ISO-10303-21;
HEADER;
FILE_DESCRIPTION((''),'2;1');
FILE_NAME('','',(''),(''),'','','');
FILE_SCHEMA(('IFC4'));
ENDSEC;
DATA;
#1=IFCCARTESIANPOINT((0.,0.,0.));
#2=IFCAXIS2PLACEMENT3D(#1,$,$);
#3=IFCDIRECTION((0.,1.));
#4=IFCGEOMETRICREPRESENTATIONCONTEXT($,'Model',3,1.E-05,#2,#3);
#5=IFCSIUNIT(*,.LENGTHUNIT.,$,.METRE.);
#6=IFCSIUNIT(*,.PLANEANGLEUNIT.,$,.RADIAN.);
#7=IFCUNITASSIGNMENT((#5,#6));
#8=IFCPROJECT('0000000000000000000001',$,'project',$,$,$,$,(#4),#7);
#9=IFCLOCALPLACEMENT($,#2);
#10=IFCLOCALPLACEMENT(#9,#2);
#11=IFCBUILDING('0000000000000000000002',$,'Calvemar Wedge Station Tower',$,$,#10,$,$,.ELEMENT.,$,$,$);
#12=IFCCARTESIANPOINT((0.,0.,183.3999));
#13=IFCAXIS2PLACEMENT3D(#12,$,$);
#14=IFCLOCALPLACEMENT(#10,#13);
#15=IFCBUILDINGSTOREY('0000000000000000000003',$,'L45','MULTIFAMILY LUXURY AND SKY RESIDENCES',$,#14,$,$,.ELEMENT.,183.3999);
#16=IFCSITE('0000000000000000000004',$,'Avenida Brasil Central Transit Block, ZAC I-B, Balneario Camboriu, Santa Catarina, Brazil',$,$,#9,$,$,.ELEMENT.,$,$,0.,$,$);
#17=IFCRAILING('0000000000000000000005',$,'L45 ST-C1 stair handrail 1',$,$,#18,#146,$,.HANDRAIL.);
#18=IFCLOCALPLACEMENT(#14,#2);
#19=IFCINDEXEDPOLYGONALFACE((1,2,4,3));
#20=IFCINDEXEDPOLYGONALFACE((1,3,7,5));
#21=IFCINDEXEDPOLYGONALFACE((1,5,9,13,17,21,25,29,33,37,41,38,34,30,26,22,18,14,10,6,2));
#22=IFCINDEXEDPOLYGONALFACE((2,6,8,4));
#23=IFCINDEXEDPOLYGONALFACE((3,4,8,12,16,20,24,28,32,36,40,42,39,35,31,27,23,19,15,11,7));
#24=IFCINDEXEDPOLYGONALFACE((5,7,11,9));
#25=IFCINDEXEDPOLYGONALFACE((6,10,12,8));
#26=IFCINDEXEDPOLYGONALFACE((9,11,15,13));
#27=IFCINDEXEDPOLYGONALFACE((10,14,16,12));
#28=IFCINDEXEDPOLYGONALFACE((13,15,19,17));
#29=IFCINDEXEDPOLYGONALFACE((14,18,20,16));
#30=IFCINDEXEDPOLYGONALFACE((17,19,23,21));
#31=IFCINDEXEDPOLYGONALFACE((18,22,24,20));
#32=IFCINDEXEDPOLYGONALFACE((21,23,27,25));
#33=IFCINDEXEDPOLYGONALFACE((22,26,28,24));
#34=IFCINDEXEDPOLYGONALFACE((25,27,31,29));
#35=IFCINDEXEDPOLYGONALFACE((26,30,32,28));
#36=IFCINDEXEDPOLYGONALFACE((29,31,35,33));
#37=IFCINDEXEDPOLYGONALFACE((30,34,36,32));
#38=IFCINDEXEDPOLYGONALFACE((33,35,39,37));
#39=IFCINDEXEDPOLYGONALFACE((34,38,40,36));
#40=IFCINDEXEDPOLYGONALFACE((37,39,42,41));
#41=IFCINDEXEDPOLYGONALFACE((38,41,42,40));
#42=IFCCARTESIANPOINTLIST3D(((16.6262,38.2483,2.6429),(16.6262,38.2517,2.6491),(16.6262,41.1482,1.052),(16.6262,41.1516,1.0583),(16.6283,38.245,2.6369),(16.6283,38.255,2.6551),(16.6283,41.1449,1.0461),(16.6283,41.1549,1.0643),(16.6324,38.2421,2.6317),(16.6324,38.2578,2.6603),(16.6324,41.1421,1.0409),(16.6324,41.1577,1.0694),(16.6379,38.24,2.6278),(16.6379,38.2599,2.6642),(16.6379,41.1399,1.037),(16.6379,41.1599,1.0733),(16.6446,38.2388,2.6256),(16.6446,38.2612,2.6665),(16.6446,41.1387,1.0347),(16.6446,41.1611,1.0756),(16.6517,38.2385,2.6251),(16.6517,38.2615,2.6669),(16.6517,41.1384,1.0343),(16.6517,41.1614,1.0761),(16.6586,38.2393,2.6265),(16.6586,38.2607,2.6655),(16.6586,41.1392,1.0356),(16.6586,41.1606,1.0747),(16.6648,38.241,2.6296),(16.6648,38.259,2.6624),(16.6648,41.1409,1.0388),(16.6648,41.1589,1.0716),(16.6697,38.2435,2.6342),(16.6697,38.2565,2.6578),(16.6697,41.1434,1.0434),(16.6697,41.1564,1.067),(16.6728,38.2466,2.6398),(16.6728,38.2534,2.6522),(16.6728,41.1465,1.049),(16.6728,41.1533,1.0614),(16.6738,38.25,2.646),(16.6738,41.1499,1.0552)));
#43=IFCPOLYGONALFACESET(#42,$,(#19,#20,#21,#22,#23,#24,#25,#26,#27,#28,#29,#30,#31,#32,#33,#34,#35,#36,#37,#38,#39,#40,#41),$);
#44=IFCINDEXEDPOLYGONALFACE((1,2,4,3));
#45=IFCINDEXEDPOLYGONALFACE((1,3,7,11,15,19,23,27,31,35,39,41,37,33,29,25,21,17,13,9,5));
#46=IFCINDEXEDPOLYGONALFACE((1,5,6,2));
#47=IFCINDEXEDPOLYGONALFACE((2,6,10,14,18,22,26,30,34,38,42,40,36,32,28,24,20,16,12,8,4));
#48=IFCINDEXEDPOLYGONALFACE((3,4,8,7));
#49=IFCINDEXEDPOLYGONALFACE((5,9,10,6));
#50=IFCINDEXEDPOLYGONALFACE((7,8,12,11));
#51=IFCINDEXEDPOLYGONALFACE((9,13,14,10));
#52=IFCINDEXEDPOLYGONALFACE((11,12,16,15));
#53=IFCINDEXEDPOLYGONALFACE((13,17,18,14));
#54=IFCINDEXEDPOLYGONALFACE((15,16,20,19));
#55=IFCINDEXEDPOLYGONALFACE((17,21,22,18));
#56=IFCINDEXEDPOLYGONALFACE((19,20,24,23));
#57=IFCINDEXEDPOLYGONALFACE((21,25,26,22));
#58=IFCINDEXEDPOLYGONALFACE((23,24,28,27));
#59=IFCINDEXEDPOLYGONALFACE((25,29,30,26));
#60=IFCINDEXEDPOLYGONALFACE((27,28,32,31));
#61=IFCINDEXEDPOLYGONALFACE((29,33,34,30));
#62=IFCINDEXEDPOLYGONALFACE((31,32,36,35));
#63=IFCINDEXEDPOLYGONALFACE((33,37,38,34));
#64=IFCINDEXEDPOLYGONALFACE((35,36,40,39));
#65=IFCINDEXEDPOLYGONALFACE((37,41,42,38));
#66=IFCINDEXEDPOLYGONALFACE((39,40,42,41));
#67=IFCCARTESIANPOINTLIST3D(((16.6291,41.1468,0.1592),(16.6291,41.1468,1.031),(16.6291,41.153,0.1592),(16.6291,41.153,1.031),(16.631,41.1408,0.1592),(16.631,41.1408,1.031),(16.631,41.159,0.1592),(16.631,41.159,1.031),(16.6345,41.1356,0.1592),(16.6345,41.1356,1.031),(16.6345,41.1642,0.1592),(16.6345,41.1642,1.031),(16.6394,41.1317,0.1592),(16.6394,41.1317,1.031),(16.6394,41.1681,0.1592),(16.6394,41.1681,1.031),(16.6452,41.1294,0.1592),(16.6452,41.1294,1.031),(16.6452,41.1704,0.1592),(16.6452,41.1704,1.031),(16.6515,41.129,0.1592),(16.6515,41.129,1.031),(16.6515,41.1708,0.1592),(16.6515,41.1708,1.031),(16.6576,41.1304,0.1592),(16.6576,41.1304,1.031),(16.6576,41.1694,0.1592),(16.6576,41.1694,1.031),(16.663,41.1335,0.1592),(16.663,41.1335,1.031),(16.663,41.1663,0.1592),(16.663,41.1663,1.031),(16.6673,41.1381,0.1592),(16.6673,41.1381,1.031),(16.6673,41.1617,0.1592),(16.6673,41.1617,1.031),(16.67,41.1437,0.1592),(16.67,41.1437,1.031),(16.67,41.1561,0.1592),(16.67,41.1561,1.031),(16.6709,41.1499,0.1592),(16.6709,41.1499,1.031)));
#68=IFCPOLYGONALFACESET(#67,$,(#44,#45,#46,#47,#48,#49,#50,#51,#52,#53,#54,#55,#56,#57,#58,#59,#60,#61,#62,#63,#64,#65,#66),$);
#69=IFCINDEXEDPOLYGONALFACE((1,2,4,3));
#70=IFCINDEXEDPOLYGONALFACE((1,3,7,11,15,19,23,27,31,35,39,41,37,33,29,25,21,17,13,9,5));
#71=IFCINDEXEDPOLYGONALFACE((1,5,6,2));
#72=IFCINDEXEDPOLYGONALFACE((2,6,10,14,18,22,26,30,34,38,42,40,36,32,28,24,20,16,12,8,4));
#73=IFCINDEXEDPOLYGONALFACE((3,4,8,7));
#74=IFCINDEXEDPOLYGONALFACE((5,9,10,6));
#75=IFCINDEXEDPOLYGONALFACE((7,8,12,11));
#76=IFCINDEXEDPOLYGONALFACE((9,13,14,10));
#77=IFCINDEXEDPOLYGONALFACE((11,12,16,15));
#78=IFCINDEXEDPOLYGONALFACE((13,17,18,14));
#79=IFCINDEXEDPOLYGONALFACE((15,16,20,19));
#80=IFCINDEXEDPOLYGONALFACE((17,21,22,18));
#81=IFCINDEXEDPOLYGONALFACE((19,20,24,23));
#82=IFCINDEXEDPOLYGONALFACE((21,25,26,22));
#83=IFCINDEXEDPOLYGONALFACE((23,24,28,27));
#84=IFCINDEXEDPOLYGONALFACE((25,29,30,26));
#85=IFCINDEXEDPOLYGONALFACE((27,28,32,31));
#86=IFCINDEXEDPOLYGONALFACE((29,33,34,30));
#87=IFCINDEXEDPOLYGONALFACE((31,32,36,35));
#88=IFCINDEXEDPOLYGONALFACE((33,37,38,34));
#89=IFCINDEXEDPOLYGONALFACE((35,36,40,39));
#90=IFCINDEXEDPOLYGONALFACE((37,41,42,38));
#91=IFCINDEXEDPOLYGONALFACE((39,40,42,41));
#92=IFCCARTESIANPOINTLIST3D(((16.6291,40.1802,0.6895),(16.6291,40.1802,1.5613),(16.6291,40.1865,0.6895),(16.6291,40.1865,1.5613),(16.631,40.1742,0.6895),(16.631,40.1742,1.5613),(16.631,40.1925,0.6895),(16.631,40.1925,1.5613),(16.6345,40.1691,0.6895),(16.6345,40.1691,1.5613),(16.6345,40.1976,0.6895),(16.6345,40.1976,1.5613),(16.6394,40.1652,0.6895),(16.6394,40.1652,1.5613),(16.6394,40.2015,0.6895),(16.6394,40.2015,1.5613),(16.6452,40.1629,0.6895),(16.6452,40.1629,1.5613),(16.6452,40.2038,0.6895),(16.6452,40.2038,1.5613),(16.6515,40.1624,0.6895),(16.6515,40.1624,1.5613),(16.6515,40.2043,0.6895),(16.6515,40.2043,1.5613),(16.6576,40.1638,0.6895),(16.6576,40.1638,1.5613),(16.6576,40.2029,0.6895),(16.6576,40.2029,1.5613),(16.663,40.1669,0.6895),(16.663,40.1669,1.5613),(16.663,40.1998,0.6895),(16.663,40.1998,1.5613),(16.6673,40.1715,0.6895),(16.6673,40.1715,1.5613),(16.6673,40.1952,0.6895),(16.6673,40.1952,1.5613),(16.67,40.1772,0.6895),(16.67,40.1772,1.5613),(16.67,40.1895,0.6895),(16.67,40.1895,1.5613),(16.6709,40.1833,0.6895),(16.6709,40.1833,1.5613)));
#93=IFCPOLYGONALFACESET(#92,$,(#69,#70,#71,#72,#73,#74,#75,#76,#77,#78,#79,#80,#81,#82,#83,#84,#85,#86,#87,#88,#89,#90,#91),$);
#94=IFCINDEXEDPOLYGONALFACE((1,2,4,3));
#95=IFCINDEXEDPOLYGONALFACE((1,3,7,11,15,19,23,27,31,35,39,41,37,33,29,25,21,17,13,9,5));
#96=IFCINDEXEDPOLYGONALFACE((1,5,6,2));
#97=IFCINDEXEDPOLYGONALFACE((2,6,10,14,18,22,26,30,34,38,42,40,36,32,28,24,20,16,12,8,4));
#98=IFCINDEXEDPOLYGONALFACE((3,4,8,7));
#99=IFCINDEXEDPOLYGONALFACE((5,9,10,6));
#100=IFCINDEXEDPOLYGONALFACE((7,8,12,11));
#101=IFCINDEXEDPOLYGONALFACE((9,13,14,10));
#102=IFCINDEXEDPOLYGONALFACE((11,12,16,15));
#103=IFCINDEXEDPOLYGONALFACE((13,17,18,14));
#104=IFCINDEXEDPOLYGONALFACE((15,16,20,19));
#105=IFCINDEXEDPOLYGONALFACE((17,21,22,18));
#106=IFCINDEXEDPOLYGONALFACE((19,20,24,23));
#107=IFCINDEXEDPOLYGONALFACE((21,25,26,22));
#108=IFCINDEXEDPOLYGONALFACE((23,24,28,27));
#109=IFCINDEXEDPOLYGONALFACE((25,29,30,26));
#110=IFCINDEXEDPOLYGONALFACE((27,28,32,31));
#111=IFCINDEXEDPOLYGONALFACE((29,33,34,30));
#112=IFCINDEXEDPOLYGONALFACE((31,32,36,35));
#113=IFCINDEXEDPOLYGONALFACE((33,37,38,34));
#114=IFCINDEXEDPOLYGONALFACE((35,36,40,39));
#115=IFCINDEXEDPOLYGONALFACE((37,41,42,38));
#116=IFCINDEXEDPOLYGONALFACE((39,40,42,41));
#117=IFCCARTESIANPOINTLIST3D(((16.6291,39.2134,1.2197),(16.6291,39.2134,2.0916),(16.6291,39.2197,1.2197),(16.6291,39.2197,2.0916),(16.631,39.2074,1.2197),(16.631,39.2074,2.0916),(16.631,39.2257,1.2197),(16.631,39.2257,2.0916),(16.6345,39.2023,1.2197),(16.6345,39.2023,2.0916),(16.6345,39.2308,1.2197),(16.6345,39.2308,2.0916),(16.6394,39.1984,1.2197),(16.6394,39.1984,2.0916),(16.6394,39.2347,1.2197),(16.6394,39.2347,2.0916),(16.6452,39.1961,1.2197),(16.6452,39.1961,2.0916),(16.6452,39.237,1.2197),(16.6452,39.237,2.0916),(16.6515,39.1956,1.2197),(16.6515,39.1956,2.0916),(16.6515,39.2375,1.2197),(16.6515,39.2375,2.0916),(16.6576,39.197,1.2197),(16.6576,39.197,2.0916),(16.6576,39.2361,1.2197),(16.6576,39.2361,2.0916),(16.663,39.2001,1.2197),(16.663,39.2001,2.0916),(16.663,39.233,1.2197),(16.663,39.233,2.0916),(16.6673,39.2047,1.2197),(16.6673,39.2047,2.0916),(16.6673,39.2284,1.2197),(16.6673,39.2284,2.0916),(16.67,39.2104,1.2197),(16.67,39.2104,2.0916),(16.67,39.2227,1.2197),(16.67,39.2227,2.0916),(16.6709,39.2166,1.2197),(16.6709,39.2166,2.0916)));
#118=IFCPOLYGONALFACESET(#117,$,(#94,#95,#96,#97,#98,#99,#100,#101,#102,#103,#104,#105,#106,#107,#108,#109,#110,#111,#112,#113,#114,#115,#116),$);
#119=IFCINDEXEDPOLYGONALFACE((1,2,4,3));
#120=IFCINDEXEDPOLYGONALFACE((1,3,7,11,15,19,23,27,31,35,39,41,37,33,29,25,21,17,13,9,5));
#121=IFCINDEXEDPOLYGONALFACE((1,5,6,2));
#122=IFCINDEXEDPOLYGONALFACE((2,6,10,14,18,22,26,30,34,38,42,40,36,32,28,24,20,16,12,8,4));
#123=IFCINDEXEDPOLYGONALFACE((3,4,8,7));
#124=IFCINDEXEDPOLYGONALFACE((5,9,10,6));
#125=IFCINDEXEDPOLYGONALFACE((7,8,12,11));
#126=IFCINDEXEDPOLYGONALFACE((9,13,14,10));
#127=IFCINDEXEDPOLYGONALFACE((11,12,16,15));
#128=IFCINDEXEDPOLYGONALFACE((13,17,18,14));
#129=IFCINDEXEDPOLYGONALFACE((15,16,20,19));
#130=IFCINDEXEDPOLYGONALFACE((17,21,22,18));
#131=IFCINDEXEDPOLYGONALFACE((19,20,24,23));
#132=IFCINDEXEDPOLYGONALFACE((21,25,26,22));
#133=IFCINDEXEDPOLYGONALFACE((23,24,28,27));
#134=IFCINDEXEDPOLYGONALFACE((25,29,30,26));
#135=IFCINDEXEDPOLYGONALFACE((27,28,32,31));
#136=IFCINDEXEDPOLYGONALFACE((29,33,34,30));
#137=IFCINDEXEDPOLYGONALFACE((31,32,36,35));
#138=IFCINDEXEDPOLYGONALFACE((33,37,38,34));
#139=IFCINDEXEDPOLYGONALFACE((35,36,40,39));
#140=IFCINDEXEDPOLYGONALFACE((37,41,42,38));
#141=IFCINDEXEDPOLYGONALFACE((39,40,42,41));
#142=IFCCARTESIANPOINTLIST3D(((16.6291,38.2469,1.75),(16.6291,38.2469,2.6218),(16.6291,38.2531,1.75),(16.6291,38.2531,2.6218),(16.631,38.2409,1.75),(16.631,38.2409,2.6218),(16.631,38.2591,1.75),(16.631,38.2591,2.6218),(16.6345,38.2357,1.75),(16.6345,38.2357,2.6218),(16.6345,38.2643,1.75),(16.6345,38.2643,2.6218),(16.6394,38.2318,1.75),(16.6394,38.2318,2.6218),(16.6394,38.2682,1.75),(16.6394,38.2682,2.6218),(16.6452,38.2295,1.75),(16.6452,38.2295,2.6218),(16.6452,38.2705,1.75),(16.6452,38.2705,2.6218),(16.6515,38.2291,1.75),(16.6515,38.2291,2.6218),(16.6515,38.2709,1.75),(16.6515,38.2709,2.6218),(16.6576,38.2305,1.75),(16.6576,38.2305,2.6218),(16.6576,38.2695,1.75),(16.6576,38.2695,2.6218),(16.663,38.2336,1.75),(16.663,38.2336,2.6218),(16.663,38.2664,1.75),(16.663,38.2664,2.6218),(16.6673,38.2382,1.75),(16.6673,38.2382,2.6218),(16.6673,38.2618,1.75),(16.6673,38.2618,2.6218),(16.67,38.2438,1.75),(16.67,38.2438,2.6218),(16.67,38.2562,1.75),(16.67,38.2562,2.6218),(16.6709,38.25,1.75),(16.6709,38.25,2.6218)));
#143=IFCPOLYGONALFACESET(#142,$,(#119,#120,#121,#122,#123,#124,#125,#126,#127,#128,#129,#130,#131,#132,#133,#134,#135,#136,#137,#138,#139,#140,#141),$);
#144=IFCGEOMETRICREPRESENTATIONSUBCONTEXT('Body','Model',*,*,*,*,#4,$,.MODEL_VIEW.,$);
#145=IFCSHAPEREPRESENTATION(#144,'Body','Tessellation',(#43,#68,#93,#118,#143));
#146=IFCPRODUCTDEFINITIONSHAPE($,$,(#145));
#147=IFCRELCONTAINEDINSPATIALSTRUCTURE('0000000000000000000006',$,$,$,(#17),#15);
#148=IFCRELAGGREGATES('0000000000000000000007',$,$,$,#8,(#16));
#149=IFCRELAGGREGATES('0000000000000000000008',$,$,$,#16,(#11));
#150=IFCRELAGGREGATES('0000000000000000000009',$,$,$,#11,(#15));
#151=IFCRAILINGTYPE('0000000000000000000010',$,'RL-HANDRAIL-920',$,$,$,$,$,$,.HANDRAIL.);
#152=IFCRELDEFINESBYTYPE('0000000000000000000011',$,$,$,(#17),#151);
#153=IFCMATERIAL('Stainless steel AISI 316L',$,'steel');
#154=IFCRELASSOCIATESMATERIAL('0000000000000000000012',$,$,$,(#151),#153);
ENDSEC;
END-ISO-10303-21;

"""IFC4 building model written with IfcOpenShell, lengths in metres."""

from ifc_helpers import new_model, si_unit, direction, frame, origin, origin_2d, place, context, subcontext, project, spatial, circle, extrude, material, type_object, element, save


model = new_model("IFC4")

# Units and contexts
model_context = context("Model", 3, precision=1e-05, world=origin(), true_north=direction((0.0, 1.0)))
body_context = subcontext(model_context, "Body", "Model", "MODEL_VIEW")
ifc_project = project(units=[si_unit("LENGTHUNIT", "METRE"), si_unit("PLANEANGLEUNIT", "RADIAN")], contexts=[model_context])

# Site, building, storey
site_placement = place(None, origin())
site = spatial("IfcSite", under=ifc_project, at=site_placement, Name="Avenida Brasil Central Transit Block, ZAC I-B, Balneario Camboriu, Santa Catarina, Brazil", CompositionType="ELEMENT", RefElevation=0.0)
building_placement = place(site_placement, origin())
building = spatial("IfcBuilding", under=site, at=building_placement, Name="Calvemar Wedge Station Tower", CompositionType="ELEMENT")
storey_placement = place(building_placement, frame((0.0, 0.0, 183.3999)))
storey = spatial("IfcBuildingStorey", under=building, at=storey_placement, Name="L45", Description="MULTIFAMILY LUXURY AND SKY RESIDENCES", CompositionType="ELEMENT", Elevation=183.3999)

# Railing
ifc_material_1 = material(Name="Stainless steel AISI 316L", Category="steel")
railing_type_1 = type_object("IfcRailingType", Name="RL-HANDRAIL-920", PredefinedType="HANDRAIL", material=ifc_material_1)
railing_1_placement = place(storey_placement, frame((16.6499, 41.1499, 0.1592)))
element("IfcRailing", 1, at=railing_1_placement, inside=storey, type_object=railing_type_1, Name="L45 ST-C1 stair handrail 1", PredefinedType="HANDRAIL", context=body_context, shape_type="SweptSolid", body=[
    extrude(circle(Radius=0.0239, at=origin_2d()), frame((0.0, 0.0, 0.896), z_axis=(0.0, -0.876742, 0.480961), x_axis=(1.0, 0.0, 0.0)), (0.0, 0.0, 1.0), 3.3076),
    extrude(circle(Radius=0.021, at=origin_2d()), origin(), (0.0, 0.0, 1.0), 0.8718),
    extrude(circle(Radius=0.021, at=origin_2d()), frame((0.0, -0.9666, 0.5303)), (0.0, 0.0, 1.0), 0.8718),
    extrude(circle(Radius=0.021, at=origin_2d()), frame((0.0, -1.9333, 1.0605)), (0.0, 0.0, 1.0), 0.8718),
    extrude(circle(Radius=0.021, at=origin_2d()), frame((0.0, -2.8999, 1.5908)), (0.0, 0.0, 1.0), 0.8718),
])

save(model, "model.ifc")
